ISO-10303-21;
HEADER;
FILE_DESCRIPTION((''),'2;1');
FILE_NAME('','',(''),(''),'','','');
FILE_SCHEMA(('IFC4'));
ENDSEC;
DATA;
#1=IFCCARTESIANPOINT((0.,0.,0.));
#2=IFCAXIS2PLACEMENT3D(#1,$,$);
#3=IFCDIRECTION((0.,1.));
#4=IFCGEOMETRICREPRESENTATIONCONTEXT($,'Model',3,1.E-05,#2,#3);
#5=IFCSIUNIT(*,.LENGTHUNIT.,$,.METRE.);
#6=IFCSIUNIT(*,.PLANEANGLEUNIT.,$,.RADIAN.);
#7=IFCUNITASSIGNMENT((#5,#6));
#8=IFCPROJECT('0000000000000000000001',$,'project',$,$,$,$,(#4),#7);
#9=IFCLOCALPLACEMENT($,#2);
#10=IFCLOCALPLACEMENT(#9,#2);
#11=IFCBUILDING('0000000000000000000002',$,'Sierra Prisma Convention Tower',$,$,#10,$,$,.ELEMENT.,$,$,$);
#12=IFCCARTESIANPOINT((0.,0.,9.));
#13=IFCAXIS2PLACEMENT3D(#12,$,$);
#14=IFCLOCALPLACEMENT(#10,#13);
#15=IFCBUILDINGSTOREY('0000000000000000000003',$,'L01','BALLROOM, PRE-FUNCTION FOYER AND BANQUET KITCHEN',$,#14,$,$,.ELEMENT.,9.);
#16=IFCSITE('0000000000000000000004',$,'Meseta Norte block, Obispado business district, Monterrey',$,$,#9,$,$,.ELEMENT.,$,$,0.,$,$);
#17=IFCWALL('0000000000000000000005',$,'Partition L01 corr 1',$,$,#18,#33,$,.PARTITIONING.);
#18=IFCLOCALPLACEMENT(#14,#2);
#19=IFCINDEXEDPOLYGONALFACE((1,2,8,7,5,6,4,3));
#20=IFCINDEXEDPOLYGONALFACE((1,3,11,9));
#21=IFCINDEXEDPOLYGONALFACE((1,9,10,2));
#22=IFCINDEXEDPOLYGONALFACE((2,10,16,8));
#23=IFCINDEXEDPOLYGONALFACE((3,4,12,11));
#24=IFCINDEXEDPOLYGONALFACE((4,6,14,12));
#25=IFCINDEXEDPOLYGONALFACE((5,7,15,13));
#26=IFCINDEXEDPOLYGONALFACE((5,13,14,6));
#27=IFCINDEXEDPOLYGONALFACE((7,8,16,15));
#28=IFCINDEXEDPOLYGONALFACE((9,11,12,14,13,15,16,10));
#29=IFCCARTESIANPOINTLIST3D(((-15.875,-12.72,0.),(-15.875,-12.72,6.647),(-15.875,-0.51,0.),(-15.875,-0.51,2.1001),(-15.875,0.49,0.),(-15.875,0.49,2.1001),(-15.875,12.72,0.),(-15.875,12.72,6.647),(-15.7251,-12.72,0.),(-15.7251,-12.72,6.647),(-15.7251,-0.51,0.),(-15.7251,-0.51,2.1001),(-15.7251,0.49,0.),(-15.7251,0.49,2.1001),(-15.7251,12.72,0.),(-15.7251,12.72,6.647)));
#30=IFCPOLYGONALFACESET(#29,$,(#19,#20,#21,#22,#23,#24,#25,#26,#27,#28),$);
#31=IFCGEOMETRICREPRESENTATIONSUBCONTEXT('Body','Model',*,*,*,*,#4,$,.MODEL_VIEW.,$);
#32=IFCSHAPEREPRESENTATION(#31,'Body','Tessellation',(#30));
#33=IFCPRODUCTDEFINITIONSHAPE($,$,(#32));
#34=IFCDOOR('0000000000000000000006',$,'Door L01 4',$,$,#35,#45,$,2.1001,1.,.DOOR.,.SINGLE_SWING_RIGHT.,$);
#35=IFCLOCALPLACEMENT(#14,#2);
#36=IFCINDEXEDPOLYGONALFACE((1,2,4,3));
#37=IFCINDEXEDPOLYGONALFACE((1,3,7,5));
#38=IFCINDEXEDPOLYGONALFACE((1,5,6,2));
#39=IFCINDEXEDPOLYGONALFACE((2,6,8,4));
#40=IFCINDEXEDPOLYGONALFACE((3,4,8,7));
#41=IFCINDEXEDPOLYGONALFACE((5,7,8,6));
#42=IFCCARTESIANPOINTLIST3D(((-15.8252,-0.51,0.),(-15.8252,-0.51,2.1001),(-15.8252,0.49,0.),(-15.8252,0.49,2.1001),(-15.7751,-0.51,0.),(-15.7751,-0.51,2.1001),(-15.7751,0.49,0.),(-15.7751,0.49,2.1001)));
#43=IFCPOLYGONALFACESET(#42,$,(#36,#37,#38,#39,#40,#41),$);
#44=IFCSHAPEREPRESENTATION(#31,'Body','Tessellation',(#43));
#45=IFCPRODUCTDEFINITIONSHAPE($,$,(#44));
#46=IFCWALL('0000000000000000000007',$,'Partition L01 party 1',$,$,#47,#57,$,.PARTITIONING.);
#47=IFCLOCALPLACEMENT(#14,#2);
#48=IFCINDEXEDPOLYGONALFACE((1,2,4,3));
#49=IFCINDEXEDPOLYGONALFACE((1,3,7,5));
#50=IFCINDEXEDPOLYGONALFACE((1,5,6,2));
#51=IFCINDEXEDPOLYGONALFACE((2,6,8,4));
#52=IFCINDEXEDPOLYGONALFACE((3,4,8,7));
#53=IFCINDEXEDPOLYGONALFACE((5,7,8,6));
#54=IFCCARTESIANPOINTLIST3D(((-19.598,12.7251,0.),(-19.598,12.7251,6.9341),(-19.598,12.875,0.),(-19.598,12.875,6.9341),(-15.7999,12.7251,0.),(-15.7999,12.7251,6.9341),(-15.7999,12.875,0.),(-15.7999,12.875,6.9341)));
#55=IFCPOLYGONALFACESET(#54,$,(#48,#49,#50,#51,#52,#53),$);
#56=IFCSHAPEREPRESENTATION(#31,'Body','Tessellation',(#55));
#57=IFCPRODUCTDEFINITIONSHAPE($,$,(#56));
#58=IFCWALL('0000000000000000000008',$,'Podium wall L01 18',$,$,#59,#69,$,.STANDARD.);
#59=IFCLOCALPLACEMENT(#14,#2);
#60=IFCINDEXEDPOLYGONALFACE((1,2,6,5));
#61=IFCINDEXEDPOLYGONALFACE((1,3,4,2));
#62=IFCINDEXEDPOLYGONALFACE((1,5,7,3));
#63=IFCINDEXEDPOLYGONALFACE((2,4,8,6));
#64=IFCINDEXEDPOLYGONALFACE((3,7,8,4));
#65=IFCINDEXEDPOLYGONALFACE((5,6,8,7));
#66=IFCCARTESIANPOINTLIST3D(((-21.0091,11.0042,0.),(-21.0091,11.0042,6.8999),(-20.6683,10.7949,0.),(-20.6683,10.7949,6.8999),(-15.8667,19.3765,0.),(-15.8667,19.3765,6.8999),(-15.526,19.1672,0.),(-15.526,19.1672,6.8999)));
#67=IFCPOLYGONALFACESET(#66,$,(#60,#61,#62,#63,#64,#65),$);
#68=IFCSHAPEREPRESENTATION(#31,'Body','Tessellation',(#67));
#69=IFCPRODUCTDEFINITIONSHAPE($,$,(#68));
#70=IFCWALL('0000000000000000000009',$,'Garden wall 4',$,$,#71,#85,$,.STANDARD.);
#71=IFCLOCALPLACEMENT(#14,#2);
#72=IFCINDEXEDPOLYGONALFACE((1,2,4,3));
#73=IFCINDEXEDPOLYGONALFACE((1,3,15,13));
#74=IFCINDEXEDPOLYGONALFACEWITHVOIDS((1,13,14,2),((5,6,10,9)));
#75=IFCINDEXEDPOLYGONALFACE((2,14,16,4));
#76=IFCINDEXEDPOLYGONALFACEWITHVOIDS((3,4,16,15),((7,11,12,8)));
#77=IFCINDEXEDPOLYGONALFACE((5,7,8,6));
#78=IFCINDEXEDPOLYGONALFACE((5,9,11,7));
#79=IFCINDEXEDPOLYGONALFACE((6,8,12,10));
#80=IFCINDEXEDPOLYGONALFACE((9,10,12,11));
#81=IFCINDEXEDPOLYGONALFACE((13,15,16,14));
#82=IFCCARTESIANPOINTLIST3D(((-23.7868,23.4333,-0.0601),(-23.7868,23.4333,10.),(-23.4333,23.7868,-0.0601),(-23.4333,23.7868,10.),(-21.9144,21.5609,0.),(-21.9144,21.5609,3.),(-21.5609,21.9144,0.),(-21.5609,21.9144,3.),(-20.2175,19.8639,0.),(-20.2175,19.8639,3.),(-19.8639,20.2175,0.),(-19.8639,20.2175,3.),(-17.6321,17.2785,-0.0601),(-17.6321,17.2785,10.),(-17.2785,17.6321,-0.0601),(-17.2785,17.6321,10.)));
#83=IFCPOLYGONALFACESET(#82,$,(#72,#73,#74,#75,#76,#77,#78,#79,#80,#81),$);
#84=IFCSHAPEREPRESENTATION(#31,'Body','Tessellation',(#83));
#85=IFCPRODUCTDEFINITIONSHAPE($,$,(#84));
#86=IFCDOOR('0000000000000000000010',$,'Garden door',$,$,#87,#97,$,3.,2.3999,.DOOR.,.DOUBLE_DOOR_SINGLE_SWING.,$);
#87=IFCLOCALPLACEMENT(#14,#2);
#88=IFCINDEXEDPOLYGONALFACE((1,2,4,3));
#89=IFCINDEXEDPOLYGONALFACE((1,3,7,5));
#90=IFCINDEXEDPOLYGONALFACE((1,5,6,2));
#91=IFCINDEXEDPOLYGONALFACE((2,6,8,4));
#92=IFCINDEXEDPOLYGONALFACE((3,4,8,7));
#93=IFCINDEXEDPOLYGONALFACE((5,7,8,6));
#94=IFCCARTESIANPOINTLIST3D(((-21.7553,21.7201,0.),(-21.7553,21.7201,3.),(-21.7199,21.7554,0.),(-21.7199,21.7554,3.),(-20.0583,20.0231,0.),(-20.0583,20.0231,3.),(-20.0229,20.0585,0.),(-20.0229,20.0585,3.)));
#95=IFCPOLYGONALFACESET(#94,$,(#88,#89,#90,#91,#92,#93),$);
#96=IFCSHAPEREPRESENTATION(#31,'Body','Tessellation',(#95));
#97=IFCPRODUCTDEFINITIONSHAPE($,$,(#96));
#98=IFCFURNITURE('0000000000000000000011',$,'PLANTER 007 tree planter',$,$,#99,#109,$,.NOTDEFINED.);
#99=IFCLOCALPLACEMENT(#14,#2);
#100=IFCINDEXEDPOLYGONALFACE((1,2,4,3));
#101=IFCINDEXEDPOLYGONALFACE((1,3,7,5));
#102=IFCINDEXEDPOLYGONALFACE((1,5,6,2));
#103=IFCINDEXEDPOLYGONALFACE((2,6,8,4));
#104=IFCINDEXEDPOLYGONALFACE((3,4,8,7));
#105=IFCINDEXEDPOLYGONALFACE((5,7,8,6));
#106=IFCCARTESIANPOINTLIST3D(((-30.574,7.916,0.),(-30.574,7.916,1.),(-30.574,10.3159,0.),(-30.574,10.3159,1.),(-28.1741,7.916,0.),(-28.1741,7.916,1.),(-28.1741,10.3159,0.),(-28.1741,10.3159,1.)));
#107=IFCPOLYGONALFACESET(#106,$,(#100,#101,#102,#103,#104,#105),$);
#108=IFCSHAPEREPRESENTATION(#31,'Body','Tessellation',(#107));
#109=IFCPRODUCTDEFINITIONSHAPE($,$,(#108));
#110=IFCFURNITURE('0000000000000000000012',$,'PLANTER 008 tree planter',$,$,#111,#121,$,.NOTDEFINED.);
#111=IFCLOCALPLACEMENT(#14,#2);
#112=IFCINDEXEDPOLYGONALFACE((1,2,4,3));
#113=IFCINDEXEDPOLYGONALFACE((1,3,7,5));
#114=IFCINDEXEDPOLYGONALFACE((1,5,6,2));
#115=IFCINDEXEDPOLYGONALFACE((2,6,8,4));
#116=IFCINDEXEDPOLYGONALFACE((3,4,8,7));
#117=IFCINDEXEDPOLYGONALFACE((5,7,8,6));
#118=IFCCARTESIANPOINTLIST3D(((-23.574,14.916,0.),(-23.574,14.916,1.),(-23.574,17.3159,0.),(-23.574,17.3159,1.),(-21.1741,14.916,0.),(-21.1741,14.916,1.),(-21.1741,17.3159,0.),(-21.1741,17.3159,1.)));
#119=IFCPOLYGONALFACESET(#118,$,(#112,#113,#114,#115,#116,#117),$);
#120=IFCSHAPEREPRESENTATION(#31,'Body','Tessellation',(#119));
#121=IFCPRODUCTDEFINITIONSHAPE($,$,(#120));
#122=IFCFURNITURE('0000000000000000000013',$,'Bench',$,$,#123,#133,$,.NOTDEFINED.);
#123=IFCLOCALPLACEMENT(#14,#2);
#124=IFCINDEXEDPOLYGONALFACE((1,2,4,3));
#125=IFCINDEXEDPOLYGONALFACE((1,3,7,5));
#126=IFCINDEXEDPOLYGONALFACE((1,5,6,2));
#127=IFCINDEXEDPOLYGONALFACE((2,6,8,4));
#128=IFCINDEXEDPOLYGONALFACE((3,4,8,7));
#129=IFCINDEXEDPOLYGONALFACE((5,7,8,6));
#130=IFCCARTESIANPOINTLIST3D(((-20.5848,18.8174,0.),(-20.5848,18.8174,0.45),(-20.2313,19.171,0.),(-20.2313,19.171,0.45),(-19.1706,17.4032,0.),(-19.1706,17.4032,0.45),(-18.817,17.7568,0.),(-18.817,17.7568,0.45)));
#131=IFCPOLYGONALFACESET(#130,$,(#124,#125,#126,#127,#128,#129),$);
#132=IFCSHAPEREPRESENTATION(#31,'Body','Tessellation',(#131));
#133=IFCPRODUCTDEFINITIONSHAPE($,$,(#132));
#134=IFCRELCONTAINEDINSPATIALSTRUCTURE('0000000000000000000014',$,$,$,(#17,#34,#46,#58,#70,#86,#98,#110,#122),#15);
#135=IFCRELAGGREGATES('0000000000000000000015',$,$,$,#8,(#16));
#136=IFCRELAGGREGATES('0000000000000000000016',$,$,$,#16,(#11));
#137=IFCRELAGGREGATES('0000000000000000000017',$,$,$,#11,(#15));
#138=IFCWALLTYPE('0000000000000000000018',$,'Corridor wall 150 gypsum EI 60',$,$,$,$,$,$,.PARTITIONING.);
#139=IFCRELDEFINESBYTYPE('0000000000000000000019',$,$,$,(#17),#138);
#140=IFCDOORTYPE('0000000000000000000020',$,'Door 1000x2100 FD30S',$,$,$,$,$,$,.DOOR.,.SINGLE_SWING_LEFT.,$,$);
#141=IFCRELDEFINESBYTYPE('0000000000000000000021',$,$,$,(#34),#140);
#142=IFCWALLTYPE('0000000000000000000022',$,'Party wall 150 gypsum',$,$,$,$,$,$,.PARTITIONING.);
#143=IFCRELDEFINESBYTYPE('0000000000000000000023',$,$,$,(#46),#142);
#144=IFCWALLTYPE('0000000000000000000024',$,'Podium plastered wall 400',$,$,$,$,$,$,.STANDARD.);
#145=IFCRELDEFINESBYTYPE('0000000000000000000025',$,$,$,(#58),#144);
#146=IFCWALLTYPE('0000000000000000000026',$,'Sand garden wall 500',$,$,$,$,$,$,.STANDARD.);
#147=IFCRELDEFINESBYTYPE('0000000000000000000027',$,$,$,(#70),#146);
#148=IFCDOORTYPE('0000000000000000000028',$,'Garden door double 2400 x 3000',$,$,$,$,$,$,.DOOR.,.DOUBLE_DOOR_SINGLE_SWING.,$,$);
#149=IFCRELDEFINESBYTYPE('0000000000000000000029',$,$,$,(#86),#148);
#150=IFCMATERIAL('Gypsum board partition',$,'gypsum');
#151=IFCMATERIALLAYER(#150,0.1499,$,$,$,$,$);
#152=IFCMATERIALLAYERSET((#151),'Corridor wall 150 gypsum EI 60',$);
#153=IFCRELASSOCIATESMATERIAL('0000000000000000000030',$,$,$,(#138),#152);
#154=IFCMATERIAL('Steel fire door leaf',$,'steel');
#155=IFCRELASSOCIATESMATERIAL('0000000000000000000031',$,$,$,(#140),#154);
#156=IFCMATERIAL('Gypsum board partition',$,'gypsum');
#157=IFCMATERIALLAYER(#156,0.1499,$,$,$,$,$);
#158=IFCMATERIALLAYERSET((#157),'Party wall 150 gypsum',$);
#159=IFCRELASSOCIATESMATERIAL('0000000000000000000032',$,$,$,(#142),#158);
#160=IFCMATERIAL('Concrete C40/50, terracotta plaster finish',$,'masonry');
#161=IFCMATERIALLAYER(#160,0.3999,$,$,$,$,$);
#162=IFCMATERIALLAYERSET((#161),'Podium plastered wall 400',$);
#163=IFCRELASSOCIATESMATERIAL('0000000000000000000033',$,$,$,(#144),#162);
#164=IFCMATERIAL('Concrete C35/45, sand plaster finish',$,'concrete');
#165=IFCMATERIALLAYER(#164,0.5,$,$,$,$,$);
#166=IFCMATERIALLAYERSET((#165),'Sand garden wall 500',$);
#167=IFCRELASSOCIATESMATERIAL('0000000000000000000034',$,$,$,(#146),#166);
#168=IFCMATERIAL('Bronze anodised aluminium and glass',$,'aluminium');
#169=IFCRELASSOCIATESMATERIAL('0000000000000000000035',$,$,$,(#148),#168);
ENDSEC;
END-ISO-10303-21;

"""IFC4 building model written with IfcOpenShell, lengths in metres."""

from ifc_helpers import new_model, si_unit, direction, frame, frame_2d, origin, origin_2d, place, context, subcontext, project, spatial, rectangle, extrude, material, layer, layer_set, type_object, element, fill, save


model = new_model("IFC4")

# Units and contexts
model_context = context("Model", 3, precision=1e-05, world=origin(), true_north=direction((0.0, 1.0)))
body_context = subcontext(model_context, "Body", "Model", "MODEL_VIEW")
ifc_project = project(units=[si_unit("LENGTHUNIT", "METRE"), si_unit("PLANEANGLEUNIT", "RADIAN")], contexts=[model_context])

# Site, building, storey
site_placement = place(None, origin())
site = spatial("IfcSite", under=ifc_project, at=site_placement, Name="Meseta Norte block, Obispado business district, Monterrey", CompositionType="ELEMENT", RefElevation=0.0)
building_placement = place(site_placement, origin())
building = spatial("IfcBuilding", under=site, at=building_placement, Name="Sierra Prisma Convention Tower", CompositionType="ELEMENT")
storey_placement = place(building_placement, frame((0.0, 0.0, 9.0)))
storey = spatial("IfcBuildingStorey", under=building, at=storey_placement, Name="L01", Description="BALLROOM, PRE-FUNCTION FOYER AND BANQUET KITCHEN", CompositionType="ELEMENT", Elevation=9.0)

# Wall, opening, door
ifc_material_1 = material(Name="Gypsum board partition", Category="gypsum")
ifc_layer_1 = layer(ifc_material_1, 0.1499)
ifc_layer_set_1 = layer_set([ifc_layer_1], Name="Corridor wall 150 gypsum EI 60")
wall_type_1 = type_object("IfcWallType", Name="Corridor wall 150 gypsum EI 60", PredefinedType="PARTITIONING", material=ifc_layer_set_1)
wall_1_placement = place(storey_placement, frame((-15.8, 12.72, 0.0), z_axis=(0.0, 0.0, 1.0), x_axis=(0.0, -1.0, 0.0)))
wall_1 = element("IfcWall", 1, at=wall_1_placement, inside=storey, type_object=wall_type_1, Name="Partition L01 corr 1", PredefinedType="PARTITIONING", context=body_context, shape_type="SweptSolid", body=[
    extrude(rectangle(XDim=25.4399, YDim=0.1499, at=frame_2d((12.72, 0.0))), origin(), (0.0, 0.0, 1.0), 6.647),
])
opening_1_placement = place(wall_1_placement, frame((12.23, 0.0, 0.0)))
opening_1 = element("IfcOpeningElement", 2, at=opening_1_placement, cuts=wall_1, PredefinedType="OPENING", context=body_context, shape_type="SweptSolid", body=[
    extrude(rectangle(XDim=1.0, YDim=2.1001, at=frame_2d((0.5, 1.05))), frame((0.0, 0.075, 0.0), z_axis=(0.0, -1.0, 0.0), x_axis=(1.0, 0.0, 0.0)), (0.0, 0.0, 1.0), 0.1499),
])
ifc_material_2 = material(Name="Steel fire door leaf", Category="steel")
door_type_1 = type_object("IfcDoorType", Name="Door 1000x2100 FD30S", OperationType="SINGLE_SWING_LEFT", PredefinedType="DOOR", material=ifc_material_2)
door_1_placement = place(opening_1_placement, origin())
door_1 = element("IfcDoor", 3, at=door_1_placement, inside=storey, type_object=door_type_1, Name="Door L01 4", OperationType="SINGLE_SWING_RIGHT", OverallHeight=2.1001, OverallWidth=1.0, PredefinedType="DOOR", context=body_context, shape_type="SweptSolid", body=[
    extrude(rectangle(XDim=1.0, YDim=2.1001, at=frame_2d((0.5, 1.05))), frame((0.0, 0.0249, 0.0), z_axis=(0.0, -1.0, 0.0), x_axis=(1.0, 0.0, 0.0)), (0.0, 0.0, 1.0), 0.05),
])
fill(opening_1, door_1)

# Walls
ifc_material_3 = material(Name="Gypsum board partition", Category="gypsum")
ifc_layer_2 = layer(ifc_material_3, 0.1499)
ifc_layer_set_2 = layer_set([ifc_layer_2], Name="Party wall 150 gypsum")
wall_type_2 = type_object("IfcWallType", Name="Party wall 150 gypsum", PredefinedType="PARTITIONING", material=ifc_layer_set_2)
wall_2_placement = place(storey_placement, frame((-15.8, 12.8, 0.0), z_axis=(0.0, 0.0, 1.0), x_axis=(-1.0, 0.0, 0.0)))
element("IfcWall", 4, at=wall_2_placement, inside=storey, type_object=wall_type_2, Name="Partition L01 party 1", PredefinedType="PARTITIONING", context=body_context, shape_type="SweptSolid", body=[
    extrude(rectangle(XDim=3.7981, YDim=0.1499, at=frame_2d((1.8989, 0.0))), origin(), (0.0, 0.0, 1.0), 6.9341),
])
ifc_material_4 = material(Name="Concrete C40/50, terracotta plaster finish", Category="masonry")
ifc_layer_3 = layer(ifc_material_4, 0.3999)
ifc_layer_set_3 = layer_set([ifc_layer_3], Name="Podium plastered wall 400")
wall_type_3 = type_object("IfcWallType", Name="Podium plastered wall 400", PredefinedType="STANDARD", material=ifc_layer_set_3)
wall_3_placement = place(storey_placement, frame((-20.8386, 10.8997, 0.0), z_axis=(0.0, 0.0, 1.0), x_axis=(0.523369, 0.852106, 0.0)))
element("IfcWall", 5, at=wall_3_placement, inside=storey, type_object=wall_type_3, Name="Podium wall L01 18", PredefinedType="STANDARD", context=body_context, shape_type="SweptSolid", body=[
    extrude(rectangle(XDim=9.8254, YDim=0.3999, at=frame_2d((4.9126, 0.0))), origin(), (0.0, 0.0, 1.0), 6.8999),
])

# Wall, opening, door
ifc_material_5 = material(Name="Concrete C35/45, sand plaster finish", Category="concrete")
ifc_layer_4 = layer(ifc_material_5, 0.5)
ifc_layer_set_4 = layer_set([ifc_layer_4], Name="Sand garden wall 500")
wall_type_4 = type_object("IfcWallType", Name="Sand garden wall 500", PredefinedType="STANDARD", material=ifc_layer_set_4)
wall_4_placement = place(storey_placement, frame((-17.4553, 17.4553, -0.0601), z_axis=(0.0, 0.0, 1.0), x_axis=(-0.707107, 0.707107, 0.0)))
wall_4 = element("IfcWall", 6, at=wall_4_placement, inside=storey, type_object=wall_type_4, Name="Garden wall 4", PredefinedType="STANDARD", context=body_context, shape_type="SweptSolid", body=[
    extrude(rectangle(XDim=8.7041, YDim=0.5, at=frame_2d((4.3521, 0.0))), origin(), (0.0, 0.0, 1.0), 10.0601),
])
opening_2_placement = place(wall_4_placement, frame((3.6562, 0.0, 0.0601)))
opening_2 = element("IfcOpeningElement", 7, at=opening_2_placement, cuts=wall_4, PredefinedType="OPENING", context=body_context, shape_type="SweptSolid", body=[
    extrude(rectangle(XDim=2.3999, YDim=3.0, at=frame_2d((1.2, 1.5))), frame((0.0, 0.25, 0.0), z_axis=(0.0, -1.0, 0.0), x_axis=(1.0, 0.0, 0.0)), (0.0, 0.0, 1.0), 0.5),
])
ifc_material_6 = material(Name="Bronze anodised aluminium and glass", Category="aluminium")
door_type_2 = type_object("IfcDoorType", Name="Garden door double 2400 x 3000", OperationType="DOUBLE_DOOR_SINGLE_SWING", PredefinedType="DOOR", material=ifc_material_6)
door_2_placement = place(opening_2_placement, origin())
door_2 = element("IfcDoor", 8, at=door_2_placement, inside=storey, type_object=door_type_2, Name="Garden door", OperationType="DOUBLE_DOOR_SINGLE_SWING", OverallHeight=3.0, OverallWidth=2.3999, PredefinedType="DOOR", context=body_context, shape_type="SweptSolid", body=[
    extrude(rectangle(XDim=2.3999, YDim=3.0, at=frame_2d((1.2, 1.5))), frame((0.0, 0.0249, 0.0), z_axis=(0.0, -1.0, 0.0), x_axis=(1.0, 0.0, 0.0)), (0.0, 0.0, 1.0), 0.05),
])
fill(opening_2, door_2)

# Furniture
for number, where, z_axis, x_axis, name in (
    (9, (-29.374, 9.116, 0.0), (0.0, 0.0, 1.0), (1.0, 0.0, 0.0), "PLANTER 007 tree planter"),
    (10, (-22.374, 16.116, 0.0), (0.0, 0.0, 1.0), (1.0, 0.0, 0.0), "PLANTER 008 tree planter"),
):
    element("IfcFurniture", number, at=place(storey_placement, frame(where, z_axis=z_axis, x_axis=x_axis)), inside=storey, Name=name, PredefinedType="NOTDEFINED", context=body_context, shape_type="SweptSolid", body=[
        extrude(rectangle(XDim=2.3999, YDim=2.3999, at=origin_2d()), origin(), (0.0, 0.0, 1.0), 1.0),
    ])
furniture_placement = place(storey_placement, frame((-19.7009, 18.2871, 0.0), z_axis=(0.0, 0.0, 1.0), x_axis=(-0.707107, 0.707107, 0.0)))
element("IfcFurniture", 11, at=furniture_placement, inside=storey, Name="Bench", PredefinedType="NOTDEFINED", context=body_context, shape_type="SweptSolid", body=[
    extrude(rectangle(XDim=2.0, YDim=0.5, at=origin_2d()), origin(), (0.0, 0.0, 1.0), 0.45),
])

save(model, "model.ifc")
